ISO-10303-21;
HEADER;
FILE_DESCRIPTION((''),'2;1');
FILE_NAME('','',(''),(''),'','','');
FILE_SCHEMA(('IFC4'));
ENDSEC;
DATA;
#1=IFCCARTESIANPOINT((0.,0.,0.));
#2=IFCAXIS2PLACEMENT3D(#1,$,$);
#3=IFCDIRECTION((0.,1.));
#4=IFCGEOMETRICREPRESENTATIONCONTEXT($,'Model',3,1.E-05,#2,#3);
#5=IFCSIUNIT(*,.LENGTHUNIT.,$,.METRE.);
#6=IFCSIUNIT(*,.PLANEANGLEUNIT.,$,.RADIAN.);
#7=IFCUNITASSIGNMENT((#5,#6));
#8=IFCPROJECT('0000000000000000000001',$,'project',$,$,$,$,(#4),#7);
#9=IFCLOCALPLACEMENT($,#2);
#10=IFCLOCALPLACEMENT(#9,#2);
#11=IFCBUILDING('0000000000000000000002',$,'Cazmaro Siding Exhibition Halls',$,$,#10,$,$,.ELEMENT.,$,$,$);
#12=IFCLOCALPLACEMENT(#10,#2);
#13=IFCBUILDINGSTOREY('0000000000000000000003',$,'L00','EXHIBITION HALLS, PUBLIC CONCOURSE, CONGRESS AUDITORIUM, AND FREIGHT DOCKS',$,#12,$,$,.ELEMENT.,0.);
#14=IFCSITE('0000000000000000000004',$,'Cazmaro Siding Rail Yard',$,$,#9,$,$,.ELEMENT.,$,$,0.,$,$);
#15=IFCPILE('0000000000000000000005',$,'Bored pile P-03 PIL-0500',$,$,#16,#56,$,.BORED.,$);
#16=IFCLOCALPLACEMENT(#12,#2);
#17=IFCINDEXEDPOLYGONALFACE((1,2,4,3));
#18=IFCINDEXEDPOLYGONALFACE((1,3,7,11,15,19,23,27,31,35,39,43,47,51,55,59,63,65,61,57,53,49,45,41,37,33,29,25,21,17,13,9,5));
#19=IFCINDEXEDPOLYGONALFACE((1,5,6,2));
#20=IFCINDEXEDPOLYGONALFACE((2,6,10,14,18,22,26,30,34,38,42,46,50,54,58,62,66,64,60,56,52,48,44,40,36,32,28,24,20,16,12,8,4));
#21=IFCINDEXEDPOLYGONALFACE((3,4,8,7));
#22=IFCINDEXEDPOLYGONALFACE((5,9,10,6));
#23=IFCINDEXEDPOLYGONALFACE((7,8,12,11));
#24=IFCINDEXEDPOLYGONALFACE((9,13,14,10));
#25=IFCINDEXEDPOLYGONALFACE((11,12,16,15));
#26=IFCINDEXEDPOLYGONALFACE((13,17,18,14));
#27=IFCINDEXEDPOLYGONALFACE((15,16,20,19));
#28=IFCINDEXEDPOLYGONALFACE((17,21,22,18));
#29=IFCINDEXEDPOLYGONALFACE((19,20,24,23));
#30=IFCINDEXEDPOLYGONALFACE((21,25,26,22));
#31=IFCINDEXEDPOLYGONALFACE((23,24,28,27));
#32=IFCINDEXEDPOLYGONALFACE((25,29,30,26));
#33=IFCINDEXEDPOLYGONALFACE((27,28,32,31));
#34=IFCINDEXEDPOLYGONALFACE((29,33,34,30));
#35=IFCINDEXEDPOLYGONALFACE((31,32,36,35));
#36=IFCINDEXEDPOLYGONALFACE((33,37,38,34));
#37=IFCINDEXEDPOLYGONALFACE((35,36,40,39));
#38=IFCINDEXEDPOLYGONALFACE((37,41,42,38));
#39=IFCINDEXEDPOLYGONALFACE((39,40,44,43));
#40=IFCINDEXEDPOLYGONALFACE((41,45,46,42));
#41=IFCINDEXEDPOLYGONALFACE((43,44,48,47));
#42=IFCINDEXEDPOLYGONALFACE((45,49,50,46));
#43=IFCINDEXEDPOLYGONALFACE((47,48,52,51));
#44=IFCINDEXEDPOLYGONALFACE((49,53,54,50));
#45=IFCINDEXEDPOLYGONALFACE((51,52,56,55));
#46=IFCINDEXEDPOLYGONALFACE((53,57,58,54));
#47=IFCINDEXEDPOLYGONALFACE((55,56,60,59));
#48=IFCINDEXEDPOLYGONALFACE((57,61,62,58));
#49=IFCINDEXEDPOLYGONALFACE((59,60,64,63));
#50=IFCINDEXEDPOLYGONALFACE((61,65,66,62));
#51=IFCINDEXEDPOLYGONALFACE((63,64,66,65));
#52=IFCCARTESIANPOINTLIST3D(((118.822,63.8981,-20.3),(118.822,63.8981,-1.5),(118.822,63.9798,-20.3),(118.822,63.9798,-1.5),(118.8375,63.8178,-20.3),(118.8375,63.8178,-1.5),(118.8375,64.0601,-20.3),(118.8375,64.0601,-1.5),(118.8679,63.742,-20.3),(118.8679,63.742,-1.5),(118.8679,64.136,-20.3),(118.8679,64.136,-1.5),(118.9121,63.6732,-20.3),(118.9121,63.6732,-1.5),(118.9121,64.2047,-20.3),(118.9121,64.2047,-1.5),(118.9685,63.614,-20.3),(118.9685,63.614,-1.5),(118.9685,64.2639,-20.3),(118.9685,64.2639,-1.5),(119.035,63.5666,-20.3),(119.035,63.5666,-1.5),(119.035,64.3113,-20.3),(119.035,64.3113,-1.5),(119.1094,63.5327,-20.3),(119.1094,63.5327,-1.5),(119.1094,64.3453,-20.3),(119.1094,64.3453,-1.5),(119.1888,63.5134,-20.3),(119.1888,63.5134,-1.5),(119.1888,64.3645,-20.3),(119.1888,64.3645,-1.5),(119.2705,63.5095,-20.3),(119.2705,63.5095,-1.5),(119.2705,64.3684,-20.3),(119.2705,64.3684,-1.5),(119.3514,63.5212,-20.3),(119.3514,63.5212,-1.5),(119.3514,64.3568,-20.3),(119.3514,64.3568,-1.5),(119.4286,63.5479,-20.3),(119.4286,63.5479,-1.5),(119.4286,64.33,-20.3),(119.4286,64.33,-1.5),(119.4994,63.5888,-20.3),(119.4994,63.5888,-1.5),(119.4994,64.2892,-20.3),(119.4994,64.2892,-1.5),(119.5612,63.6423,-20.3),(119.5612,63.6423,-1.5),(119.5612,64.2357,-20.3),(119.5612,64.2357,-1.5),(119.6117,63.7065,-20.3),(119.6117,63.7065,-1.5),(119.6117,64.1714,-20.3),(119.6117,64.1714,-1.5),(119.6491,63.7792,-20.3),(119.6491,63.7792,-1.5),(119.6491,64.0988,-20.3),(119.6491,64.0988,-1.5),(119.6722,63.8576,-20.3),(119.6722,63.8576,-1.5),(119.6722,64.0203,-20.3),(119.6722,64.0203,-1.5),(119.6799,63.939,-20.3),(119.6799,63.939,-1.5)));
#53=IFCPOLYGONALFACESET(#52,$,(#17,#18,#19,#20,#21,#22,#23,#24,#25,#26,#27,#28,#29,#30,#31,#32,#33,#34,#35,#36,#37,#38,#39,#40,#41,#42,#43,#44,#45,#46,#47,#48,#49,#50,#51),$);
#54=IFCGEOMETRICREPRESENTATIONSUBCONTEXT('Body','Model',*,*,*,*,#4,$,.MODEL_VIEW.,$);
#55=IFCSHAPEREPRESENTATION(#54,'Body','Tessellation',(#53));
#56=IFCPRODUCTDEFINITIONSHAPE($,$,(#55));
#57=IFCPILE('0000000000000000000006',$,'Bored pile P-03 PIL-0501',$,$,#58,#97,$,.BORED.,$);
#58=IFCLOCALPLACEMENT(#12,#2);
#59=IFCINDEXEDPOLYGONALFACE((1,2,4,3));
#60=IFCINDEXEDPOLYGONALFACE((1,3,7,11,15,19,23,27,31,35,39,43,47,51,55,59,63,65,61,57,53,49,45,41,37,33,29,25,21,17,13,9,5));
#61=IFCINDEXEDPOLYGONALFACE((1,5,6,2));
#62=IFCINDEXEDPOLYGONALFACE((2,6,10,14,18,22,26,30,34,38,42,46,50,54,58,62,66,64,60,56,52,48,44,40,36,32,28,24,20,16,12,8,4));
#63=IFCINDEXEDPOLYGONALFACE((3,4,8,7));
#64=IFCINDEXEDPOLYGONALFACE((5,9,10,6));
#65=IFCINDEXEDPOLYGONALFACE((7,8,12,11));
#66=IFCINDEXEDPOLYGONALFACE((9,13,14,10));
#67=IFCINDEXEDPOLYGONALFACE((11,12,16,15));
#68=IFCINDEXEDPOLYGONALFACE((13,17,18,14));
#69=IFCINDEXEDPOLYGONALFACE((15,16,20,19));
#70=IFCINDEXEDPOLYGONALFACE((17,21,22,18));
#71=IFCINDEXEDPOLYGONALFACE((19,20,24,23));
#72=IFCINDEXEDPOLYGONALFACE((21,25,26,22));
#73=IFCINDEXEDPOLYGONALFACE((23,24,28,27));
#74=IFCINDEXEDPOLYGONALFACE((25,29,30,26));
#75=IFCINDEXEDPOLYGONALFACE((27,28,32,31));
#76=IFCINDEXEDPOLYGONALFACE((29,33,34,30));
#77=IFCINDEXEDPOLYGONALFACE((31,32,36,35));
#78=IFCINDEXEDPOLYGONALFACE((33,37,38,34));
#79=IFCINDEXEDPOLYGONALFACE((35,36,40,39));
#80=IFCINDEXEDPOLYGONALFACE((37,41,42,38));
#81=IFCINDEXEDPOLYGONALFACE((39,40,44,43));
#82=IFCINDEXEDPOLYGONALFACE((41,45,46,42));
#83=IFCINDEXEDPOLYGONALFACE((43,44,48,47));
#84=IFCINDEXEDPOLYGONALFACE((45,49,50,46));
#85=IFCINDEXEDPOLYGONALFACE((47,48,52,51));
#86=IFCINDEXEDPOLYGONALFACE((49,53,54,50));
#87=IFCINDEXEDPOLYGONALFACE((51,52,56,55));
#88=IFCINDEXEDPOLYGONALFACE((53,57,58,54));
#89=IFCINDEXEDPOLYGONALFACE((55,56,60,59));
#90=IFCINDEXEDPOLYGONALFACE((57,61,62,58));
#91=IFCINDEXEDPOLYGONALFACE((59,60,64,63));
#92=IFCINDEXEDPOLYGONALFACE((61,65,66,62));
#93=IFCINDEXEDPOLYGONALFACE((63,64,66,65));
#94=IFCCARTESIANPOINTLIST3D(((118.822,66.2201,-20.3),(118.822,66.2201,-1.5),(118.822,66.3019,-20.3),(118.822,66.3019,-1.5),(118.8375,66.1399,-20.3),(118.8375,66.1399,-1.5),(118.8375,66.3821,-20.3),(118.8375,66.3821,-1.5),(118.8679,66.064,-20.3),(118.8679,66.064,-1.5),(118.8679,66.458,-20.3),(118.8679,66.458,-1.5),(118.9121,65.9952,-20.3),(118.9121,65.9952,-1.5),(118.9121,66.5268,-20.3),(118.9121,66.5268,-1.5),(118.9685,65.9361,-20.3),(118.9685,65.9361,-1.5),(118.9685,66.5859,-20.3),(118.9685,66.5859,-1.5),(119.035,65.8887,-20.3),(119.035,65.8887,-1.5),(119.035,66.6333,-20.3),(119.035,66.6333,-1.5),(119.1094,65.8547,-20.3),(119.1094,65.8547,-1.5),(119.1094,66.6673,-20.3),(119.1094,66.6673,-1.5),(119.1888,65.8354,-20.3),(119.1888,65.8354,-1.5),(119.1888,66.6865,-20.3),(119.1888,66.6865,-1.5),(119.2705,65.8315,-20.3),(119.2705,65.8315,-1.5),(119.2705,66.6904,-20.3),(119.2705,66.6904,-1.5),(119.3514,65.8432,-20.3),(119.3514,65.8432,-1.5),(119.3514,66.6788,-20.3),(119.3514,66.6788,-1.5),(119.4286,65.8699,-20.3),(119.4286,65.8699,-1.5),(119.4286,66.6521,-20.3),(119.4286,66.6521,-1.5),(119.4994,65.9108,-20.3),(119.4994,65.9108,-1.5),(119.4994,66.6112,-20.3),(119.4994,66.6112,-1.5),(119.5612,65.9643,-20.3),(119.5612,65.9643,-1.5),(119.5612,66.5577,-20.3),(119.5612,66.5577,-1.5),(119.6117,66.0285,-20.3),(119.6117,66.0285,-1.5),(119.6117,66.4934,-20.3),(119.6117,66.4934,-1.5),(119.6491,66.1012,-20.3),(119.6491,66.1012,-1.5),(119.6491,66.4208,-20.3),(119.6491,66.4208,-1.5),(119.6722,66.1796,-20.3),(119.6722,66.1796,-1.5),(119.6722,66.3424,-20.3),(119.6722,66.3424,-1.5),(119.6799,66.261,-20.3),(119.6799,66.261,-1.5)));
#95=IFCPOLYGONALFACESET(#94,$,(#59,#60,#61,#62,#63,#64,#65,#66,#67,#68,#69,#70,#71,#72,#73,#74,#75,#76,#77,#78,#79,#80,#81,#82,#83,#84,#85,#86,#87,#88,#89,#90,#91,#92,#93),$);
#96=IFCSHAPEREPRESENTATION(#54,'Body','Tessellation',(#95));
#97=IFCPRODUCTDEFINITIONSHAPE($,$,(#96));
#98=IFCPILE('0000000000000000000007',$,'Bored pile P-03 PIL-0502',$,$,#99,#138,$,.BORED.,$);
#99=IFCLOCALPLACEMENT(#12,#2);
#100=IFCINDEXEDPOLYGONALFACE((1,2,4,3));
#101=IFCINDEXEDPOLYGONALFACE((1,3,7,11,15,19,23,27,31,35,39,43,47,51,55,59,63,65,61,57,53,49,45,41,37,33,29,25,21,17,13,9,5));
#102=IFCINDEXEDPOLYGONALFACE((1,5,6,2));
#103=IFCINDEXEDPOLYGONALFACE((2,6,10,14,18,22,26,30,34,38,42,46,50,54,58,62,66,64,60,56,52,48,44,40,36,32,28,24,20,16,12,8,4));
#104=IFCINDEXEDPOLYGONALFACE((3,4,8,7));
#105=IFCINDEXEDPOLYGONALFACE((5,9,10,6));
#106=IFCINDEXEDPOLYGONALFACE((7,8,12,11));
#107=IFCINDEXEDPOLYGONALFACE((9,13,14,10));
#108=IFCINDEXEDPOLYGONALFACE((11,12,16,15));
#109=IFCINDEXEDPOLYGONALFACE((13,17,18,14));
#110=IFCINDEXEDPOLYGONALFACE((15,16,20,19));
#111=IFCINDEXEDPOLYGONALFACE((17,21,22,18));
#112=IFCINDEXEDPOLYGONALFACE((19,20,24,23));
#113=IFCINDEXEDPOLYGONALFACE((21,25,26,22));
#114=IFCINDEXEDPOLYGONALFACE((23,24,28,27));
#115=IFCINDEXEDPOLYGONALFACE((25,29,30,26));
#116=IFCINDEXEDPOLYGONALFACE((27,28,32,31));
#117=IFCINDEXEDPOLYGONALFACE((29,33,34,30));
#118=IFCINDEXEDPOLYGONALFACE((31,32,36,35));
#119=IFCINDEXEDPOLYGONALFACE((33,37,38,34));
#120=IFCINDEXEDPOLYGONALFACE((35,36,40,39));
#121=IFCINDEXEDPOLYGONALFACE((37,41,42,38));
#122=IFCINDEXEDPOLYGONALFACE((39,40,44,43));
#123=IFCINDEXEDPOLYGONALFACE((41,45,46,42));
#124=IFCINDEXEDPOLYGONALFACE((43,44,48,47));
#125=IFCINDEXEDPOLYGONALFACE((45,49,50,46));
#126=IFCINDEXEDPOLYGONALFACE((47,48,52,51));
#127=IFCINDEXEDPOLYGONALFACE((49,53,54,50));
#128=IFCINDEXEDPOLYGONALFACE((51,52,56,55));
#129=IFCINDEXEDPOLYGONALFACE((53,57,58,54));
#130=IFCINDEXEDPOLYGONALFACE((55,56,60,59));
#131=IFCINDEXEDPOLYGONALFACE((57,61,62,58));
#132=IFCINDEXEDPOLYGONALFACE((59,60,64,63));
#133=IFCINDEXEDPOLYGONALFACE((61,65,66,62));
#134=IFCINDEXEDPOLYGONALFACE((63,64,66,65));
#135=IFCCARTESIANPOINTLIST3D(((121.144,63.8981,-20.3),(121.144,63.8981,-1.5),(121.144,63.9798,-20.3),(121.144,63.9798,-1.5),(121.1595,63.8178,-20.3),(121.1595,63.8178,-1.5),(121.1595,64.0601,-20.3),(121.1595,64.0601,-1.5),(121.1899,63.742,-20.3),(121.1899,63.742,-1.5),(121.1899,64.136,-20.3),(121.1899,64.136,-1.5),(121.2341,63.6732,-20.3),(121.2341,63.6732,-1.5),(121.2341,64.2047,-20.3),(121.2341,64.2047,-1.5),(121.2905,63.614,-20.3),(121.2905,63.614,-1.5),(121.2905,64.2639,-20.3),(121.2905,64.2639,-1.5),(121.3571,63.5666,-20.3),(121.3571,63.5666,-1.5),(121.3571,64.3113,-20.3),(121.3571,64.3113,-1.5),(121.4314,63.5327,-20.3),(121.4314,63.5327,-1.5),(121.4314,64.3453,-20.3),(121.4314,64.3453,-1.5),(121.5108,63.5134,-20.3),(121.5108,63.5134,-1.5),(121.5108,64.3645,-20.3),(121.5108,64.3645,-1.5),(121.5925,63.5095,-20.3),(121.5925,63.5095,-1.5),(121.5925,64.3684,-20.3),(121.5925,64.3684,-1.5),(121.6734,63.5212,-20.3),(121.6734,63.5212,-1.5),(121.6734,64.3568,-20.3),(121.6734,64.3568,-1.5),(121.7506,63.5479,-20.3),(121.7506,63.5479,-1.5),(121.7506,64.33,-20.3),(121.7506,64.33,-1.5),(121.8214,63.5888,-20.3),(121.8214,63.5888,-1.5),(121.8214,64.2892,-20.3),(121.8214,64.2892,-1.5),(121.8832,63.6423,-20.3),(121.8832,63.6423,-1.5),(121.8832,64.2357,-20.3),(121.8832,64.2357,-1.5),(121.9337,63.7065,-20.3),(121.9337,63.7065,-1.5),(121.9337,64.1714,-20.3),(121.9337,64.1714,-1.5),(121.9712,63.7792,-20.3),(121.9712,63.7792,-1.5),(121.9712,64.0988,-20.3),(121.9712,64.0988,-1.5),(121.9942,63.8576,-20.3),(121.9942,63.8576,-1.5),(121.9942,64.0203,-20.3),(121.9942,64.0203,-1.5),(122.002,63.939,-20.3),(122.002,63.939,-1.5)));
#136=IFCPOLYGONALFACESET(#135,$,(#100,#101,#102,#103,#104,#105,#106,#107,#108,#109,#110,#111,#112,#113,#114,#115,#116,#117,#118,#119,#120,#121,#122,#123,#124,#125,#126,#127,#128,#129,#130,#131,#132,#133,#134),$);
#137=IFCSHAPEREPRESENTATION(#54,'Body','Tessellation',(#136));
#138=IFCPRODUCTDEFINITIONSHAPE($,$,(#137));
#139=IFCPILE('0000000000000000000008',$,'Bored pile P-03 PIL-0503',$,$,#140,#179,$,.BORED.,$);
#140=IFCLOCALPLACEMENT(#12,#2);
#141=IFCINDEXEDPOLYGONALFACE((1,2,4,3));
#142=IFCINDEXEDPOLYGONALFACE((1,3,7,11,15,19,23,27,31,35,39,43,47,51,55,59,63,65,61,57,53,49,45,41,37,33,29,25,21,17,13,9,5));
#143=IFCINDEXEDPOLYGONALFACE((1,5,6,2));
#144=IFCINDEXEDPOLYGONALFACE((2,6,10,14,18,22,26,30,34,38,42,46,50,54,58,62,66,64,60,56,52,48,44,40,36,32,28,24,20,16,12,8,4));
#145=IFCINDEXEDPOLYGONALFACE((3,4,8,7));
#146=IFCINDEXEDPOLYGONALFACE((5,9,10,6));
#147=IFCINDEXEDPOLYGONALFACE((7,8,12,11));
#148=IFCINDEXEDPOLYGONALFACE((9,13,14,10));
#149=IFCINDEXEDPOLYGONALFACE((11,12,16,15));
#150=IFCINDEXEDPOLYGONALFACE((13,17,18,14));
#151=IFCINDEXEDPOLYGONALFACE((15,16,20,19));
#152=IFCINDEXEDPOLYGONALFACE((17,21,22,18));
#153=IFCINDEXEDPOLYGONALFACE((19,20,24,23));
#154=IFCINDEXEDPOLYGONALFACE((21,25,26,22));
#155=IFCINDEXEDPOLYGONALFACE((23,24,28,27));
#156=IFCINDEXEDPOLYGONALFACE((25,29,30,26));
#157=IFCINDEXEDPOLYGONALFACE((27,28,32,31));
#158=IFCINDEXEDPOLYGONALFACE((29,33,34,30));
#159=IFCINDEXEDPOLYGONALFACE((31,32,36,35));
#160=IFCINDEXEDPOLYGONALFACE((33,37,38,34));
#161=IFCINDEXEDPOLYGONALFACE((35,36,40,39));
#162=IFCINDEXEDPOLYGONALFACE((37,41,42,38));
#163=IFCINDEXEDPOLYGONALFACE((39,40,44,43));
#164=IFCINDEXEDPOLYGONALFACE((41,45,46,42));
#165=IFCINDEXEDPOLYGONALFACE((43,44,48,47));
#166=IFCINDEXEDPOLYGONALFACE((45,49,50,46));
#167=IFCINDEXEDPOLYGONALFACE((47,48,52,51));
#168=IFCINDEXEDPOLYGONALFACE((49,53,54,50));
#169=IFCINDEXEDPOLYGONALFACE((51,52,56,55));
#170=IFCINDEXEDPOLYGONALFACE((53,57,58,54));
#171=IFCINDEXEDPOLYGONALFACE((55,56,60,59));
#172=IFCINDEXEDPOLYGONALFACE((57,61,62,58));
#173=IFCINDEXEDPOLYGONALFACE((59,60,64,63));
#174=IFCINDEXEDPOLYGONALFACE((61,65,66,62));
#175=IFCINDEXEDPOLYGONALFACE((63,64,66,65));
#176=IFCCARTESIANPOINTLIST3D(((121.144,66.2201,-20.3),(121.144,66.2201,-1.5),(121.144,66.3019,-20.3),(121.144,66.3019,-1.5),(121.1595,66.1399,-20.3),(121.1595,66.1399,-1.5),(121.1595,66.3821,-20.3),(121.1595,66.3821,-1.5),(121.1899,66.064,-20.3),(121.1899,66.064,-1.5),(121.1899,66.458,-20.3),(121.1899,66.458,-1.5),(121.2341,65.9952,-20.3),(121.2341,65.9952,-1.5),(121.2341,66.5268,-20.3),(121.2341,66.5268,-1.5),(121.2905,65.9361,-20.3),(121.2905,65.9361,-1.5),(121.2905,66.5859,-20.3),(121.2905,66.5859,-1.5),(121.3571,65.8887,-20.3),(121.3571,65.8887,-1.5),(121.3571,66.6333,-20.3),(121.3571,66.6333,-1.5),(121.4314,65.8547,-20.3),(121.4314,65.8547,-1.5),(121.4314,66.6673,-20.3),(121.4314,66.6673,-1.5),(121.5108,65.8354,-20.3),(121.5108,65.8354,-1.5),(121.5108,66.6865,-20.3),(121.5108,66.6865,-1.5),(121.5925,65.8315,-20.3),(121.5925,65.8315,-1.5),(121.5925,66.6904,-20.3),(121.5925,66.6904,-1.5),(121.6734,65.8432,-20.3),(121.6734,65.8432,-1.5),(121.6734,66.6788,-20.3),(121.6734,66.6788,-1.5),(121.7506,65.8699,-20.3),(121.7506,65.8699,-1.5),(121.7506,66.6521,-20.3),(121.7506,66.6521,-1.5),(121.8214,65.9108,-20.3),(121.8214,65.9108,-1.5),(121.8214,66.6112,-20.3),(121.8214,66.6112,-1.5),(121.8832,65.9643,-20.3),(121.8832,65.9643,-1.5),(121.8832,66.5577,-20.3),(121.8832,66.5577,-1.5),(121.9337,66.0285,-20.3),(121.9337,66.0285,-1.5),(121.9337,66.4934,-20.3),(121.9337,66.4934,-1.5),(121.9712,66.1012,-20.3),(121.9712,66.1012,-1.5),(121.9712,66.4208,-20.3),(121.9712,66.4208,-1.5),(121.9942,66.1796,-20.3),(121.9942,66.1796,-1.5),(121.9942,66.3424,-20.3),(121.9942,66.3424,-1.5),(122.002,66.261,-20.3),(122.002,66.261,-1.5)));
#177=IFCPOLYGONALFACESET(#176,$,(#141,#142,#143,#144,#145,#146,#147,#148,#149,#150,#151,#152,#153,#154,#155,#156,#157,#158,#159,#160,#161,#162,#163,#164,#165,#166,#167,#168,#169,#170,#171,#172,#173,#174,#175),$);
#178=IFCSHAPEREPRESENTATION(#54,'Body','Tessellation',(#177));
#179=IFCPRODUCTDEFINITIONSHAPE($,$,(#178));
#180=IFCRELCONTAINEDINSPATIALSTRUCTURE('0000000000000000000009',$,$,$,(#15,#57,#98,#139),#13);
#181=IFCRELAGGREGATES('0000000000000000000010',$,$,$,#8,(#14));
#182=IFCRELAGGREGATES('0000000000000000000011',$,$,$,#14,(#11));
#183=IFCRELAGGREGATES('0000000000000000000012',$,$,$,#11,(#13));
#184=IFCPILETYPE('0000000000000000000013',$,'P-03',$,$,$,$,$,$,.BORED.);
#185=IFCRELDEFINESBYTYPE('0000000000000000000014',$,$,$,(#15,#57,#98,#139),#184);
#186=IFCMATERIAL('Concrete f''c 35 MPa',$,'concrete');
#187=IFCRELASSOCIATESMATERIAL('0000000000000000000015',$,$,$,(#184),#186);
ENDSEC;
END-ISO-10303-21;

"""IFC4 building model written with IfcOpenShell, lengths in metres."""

from ifc_helpers import new_model, si_unit, direction, frame, origin, origin_2d, place, context, subcontext, project, spatial, circle, extrude, material, material_profile, profile_set, type_object, element, save


model = new_model("IFC4")

# Units and contexts
model_context = context("Model", 3, precision=1e-05, world=origin(), true_north=direction((0.0, 1.0)))
body_context = subcontext(model_context, "Body", "Model", "MODEL_VIEW")
ifc_project = project(units=[si_unit("LENGTHUNIT", "METRE"), si_unit("PLANEANGLEUNIT", "RADIAN")], contexts=[model_context])

# Site, building, storey
site_placement = place(None, origin())
site = spatial("IfcSite", under=ifc_project, at=site_placement, Name="Cazmaro Siding Rail Yard", CompositionType="ELEMENT", RefElevation=0.0)
building_placement = place(site_placement, origin())
building = spatial("IfcBuilding", under=site, at=building_placement, Name="Cazmaro Siding Exhibition Halls", CompositionType="ELEMENT")
storey_placement = place(building_placement, origin())
storey = spatial("IfcBuildingStorey", under=building, at=storey_placement, Name="L00", Description="EXHIBITION HALLS, PUBLIC CONCOURSE, CONGRESS AUDITORIUM, AND FREIGHT DOCKS", CompositionType="ELEMENT", Elevation=0.0)

# Piles
ifc_material_1 = material(Name="Concrete f'c 35 MPa", Category="concrete")
ifc_material_profile_1 = material_profile(ifc_material_1, circle(Radius=0.4299, at=origin_2d()), Name="CIDH-860")
ifc_profile_set_1 = profile_set([ifc_material_profile_1], Name="Concrete f'c 35 MPa")
pile_type = type_object("IfcPileType", Name="P-03", PredefinedType="BORED", material=ifc_profile_set_1)
for number, where, z_axis, x_axis, name in (
    (1, (119.25, 63.939, -1.5), (0.0, 0.0, -1.0), (1.0, 0.0, 0.0), "Bored pile P-03 PIL-0500"),
    (2, (119.25, 66.261, -1.5), (0.0, 0.0, -1.0), (1.0, 0.0, 0.0), "Bored pile P-03 PIL-0501"),
    (3, (121.572, 63.939, -1.5), (0.0, 0.0, -1.0), (1.0, 0.0, 0.0), "Bored pile P-03 PIL-0502"),
    (4, (121.572, 66.261, -1.5), (0.0, 0.0, -1.0), (1.0, 0.0, 0.0), "Bored pile P-03 PIL-0503"),
):
    element("IfcPile", number, at=place(storey_placement, frame(where, z_axis=z_axis, x_axis=x_axis)), inside=storey, type_object=pile_type, Name=name, PredefinedType="BORED", context=body_context, shape_type="SweptSolid", body=[
        extrude(circle(Radius=0.4299, at=origin_2d()), origin(), (0.0, 0.0, 1.0), 18.8),
    ])

save(model, "model.ifc")
